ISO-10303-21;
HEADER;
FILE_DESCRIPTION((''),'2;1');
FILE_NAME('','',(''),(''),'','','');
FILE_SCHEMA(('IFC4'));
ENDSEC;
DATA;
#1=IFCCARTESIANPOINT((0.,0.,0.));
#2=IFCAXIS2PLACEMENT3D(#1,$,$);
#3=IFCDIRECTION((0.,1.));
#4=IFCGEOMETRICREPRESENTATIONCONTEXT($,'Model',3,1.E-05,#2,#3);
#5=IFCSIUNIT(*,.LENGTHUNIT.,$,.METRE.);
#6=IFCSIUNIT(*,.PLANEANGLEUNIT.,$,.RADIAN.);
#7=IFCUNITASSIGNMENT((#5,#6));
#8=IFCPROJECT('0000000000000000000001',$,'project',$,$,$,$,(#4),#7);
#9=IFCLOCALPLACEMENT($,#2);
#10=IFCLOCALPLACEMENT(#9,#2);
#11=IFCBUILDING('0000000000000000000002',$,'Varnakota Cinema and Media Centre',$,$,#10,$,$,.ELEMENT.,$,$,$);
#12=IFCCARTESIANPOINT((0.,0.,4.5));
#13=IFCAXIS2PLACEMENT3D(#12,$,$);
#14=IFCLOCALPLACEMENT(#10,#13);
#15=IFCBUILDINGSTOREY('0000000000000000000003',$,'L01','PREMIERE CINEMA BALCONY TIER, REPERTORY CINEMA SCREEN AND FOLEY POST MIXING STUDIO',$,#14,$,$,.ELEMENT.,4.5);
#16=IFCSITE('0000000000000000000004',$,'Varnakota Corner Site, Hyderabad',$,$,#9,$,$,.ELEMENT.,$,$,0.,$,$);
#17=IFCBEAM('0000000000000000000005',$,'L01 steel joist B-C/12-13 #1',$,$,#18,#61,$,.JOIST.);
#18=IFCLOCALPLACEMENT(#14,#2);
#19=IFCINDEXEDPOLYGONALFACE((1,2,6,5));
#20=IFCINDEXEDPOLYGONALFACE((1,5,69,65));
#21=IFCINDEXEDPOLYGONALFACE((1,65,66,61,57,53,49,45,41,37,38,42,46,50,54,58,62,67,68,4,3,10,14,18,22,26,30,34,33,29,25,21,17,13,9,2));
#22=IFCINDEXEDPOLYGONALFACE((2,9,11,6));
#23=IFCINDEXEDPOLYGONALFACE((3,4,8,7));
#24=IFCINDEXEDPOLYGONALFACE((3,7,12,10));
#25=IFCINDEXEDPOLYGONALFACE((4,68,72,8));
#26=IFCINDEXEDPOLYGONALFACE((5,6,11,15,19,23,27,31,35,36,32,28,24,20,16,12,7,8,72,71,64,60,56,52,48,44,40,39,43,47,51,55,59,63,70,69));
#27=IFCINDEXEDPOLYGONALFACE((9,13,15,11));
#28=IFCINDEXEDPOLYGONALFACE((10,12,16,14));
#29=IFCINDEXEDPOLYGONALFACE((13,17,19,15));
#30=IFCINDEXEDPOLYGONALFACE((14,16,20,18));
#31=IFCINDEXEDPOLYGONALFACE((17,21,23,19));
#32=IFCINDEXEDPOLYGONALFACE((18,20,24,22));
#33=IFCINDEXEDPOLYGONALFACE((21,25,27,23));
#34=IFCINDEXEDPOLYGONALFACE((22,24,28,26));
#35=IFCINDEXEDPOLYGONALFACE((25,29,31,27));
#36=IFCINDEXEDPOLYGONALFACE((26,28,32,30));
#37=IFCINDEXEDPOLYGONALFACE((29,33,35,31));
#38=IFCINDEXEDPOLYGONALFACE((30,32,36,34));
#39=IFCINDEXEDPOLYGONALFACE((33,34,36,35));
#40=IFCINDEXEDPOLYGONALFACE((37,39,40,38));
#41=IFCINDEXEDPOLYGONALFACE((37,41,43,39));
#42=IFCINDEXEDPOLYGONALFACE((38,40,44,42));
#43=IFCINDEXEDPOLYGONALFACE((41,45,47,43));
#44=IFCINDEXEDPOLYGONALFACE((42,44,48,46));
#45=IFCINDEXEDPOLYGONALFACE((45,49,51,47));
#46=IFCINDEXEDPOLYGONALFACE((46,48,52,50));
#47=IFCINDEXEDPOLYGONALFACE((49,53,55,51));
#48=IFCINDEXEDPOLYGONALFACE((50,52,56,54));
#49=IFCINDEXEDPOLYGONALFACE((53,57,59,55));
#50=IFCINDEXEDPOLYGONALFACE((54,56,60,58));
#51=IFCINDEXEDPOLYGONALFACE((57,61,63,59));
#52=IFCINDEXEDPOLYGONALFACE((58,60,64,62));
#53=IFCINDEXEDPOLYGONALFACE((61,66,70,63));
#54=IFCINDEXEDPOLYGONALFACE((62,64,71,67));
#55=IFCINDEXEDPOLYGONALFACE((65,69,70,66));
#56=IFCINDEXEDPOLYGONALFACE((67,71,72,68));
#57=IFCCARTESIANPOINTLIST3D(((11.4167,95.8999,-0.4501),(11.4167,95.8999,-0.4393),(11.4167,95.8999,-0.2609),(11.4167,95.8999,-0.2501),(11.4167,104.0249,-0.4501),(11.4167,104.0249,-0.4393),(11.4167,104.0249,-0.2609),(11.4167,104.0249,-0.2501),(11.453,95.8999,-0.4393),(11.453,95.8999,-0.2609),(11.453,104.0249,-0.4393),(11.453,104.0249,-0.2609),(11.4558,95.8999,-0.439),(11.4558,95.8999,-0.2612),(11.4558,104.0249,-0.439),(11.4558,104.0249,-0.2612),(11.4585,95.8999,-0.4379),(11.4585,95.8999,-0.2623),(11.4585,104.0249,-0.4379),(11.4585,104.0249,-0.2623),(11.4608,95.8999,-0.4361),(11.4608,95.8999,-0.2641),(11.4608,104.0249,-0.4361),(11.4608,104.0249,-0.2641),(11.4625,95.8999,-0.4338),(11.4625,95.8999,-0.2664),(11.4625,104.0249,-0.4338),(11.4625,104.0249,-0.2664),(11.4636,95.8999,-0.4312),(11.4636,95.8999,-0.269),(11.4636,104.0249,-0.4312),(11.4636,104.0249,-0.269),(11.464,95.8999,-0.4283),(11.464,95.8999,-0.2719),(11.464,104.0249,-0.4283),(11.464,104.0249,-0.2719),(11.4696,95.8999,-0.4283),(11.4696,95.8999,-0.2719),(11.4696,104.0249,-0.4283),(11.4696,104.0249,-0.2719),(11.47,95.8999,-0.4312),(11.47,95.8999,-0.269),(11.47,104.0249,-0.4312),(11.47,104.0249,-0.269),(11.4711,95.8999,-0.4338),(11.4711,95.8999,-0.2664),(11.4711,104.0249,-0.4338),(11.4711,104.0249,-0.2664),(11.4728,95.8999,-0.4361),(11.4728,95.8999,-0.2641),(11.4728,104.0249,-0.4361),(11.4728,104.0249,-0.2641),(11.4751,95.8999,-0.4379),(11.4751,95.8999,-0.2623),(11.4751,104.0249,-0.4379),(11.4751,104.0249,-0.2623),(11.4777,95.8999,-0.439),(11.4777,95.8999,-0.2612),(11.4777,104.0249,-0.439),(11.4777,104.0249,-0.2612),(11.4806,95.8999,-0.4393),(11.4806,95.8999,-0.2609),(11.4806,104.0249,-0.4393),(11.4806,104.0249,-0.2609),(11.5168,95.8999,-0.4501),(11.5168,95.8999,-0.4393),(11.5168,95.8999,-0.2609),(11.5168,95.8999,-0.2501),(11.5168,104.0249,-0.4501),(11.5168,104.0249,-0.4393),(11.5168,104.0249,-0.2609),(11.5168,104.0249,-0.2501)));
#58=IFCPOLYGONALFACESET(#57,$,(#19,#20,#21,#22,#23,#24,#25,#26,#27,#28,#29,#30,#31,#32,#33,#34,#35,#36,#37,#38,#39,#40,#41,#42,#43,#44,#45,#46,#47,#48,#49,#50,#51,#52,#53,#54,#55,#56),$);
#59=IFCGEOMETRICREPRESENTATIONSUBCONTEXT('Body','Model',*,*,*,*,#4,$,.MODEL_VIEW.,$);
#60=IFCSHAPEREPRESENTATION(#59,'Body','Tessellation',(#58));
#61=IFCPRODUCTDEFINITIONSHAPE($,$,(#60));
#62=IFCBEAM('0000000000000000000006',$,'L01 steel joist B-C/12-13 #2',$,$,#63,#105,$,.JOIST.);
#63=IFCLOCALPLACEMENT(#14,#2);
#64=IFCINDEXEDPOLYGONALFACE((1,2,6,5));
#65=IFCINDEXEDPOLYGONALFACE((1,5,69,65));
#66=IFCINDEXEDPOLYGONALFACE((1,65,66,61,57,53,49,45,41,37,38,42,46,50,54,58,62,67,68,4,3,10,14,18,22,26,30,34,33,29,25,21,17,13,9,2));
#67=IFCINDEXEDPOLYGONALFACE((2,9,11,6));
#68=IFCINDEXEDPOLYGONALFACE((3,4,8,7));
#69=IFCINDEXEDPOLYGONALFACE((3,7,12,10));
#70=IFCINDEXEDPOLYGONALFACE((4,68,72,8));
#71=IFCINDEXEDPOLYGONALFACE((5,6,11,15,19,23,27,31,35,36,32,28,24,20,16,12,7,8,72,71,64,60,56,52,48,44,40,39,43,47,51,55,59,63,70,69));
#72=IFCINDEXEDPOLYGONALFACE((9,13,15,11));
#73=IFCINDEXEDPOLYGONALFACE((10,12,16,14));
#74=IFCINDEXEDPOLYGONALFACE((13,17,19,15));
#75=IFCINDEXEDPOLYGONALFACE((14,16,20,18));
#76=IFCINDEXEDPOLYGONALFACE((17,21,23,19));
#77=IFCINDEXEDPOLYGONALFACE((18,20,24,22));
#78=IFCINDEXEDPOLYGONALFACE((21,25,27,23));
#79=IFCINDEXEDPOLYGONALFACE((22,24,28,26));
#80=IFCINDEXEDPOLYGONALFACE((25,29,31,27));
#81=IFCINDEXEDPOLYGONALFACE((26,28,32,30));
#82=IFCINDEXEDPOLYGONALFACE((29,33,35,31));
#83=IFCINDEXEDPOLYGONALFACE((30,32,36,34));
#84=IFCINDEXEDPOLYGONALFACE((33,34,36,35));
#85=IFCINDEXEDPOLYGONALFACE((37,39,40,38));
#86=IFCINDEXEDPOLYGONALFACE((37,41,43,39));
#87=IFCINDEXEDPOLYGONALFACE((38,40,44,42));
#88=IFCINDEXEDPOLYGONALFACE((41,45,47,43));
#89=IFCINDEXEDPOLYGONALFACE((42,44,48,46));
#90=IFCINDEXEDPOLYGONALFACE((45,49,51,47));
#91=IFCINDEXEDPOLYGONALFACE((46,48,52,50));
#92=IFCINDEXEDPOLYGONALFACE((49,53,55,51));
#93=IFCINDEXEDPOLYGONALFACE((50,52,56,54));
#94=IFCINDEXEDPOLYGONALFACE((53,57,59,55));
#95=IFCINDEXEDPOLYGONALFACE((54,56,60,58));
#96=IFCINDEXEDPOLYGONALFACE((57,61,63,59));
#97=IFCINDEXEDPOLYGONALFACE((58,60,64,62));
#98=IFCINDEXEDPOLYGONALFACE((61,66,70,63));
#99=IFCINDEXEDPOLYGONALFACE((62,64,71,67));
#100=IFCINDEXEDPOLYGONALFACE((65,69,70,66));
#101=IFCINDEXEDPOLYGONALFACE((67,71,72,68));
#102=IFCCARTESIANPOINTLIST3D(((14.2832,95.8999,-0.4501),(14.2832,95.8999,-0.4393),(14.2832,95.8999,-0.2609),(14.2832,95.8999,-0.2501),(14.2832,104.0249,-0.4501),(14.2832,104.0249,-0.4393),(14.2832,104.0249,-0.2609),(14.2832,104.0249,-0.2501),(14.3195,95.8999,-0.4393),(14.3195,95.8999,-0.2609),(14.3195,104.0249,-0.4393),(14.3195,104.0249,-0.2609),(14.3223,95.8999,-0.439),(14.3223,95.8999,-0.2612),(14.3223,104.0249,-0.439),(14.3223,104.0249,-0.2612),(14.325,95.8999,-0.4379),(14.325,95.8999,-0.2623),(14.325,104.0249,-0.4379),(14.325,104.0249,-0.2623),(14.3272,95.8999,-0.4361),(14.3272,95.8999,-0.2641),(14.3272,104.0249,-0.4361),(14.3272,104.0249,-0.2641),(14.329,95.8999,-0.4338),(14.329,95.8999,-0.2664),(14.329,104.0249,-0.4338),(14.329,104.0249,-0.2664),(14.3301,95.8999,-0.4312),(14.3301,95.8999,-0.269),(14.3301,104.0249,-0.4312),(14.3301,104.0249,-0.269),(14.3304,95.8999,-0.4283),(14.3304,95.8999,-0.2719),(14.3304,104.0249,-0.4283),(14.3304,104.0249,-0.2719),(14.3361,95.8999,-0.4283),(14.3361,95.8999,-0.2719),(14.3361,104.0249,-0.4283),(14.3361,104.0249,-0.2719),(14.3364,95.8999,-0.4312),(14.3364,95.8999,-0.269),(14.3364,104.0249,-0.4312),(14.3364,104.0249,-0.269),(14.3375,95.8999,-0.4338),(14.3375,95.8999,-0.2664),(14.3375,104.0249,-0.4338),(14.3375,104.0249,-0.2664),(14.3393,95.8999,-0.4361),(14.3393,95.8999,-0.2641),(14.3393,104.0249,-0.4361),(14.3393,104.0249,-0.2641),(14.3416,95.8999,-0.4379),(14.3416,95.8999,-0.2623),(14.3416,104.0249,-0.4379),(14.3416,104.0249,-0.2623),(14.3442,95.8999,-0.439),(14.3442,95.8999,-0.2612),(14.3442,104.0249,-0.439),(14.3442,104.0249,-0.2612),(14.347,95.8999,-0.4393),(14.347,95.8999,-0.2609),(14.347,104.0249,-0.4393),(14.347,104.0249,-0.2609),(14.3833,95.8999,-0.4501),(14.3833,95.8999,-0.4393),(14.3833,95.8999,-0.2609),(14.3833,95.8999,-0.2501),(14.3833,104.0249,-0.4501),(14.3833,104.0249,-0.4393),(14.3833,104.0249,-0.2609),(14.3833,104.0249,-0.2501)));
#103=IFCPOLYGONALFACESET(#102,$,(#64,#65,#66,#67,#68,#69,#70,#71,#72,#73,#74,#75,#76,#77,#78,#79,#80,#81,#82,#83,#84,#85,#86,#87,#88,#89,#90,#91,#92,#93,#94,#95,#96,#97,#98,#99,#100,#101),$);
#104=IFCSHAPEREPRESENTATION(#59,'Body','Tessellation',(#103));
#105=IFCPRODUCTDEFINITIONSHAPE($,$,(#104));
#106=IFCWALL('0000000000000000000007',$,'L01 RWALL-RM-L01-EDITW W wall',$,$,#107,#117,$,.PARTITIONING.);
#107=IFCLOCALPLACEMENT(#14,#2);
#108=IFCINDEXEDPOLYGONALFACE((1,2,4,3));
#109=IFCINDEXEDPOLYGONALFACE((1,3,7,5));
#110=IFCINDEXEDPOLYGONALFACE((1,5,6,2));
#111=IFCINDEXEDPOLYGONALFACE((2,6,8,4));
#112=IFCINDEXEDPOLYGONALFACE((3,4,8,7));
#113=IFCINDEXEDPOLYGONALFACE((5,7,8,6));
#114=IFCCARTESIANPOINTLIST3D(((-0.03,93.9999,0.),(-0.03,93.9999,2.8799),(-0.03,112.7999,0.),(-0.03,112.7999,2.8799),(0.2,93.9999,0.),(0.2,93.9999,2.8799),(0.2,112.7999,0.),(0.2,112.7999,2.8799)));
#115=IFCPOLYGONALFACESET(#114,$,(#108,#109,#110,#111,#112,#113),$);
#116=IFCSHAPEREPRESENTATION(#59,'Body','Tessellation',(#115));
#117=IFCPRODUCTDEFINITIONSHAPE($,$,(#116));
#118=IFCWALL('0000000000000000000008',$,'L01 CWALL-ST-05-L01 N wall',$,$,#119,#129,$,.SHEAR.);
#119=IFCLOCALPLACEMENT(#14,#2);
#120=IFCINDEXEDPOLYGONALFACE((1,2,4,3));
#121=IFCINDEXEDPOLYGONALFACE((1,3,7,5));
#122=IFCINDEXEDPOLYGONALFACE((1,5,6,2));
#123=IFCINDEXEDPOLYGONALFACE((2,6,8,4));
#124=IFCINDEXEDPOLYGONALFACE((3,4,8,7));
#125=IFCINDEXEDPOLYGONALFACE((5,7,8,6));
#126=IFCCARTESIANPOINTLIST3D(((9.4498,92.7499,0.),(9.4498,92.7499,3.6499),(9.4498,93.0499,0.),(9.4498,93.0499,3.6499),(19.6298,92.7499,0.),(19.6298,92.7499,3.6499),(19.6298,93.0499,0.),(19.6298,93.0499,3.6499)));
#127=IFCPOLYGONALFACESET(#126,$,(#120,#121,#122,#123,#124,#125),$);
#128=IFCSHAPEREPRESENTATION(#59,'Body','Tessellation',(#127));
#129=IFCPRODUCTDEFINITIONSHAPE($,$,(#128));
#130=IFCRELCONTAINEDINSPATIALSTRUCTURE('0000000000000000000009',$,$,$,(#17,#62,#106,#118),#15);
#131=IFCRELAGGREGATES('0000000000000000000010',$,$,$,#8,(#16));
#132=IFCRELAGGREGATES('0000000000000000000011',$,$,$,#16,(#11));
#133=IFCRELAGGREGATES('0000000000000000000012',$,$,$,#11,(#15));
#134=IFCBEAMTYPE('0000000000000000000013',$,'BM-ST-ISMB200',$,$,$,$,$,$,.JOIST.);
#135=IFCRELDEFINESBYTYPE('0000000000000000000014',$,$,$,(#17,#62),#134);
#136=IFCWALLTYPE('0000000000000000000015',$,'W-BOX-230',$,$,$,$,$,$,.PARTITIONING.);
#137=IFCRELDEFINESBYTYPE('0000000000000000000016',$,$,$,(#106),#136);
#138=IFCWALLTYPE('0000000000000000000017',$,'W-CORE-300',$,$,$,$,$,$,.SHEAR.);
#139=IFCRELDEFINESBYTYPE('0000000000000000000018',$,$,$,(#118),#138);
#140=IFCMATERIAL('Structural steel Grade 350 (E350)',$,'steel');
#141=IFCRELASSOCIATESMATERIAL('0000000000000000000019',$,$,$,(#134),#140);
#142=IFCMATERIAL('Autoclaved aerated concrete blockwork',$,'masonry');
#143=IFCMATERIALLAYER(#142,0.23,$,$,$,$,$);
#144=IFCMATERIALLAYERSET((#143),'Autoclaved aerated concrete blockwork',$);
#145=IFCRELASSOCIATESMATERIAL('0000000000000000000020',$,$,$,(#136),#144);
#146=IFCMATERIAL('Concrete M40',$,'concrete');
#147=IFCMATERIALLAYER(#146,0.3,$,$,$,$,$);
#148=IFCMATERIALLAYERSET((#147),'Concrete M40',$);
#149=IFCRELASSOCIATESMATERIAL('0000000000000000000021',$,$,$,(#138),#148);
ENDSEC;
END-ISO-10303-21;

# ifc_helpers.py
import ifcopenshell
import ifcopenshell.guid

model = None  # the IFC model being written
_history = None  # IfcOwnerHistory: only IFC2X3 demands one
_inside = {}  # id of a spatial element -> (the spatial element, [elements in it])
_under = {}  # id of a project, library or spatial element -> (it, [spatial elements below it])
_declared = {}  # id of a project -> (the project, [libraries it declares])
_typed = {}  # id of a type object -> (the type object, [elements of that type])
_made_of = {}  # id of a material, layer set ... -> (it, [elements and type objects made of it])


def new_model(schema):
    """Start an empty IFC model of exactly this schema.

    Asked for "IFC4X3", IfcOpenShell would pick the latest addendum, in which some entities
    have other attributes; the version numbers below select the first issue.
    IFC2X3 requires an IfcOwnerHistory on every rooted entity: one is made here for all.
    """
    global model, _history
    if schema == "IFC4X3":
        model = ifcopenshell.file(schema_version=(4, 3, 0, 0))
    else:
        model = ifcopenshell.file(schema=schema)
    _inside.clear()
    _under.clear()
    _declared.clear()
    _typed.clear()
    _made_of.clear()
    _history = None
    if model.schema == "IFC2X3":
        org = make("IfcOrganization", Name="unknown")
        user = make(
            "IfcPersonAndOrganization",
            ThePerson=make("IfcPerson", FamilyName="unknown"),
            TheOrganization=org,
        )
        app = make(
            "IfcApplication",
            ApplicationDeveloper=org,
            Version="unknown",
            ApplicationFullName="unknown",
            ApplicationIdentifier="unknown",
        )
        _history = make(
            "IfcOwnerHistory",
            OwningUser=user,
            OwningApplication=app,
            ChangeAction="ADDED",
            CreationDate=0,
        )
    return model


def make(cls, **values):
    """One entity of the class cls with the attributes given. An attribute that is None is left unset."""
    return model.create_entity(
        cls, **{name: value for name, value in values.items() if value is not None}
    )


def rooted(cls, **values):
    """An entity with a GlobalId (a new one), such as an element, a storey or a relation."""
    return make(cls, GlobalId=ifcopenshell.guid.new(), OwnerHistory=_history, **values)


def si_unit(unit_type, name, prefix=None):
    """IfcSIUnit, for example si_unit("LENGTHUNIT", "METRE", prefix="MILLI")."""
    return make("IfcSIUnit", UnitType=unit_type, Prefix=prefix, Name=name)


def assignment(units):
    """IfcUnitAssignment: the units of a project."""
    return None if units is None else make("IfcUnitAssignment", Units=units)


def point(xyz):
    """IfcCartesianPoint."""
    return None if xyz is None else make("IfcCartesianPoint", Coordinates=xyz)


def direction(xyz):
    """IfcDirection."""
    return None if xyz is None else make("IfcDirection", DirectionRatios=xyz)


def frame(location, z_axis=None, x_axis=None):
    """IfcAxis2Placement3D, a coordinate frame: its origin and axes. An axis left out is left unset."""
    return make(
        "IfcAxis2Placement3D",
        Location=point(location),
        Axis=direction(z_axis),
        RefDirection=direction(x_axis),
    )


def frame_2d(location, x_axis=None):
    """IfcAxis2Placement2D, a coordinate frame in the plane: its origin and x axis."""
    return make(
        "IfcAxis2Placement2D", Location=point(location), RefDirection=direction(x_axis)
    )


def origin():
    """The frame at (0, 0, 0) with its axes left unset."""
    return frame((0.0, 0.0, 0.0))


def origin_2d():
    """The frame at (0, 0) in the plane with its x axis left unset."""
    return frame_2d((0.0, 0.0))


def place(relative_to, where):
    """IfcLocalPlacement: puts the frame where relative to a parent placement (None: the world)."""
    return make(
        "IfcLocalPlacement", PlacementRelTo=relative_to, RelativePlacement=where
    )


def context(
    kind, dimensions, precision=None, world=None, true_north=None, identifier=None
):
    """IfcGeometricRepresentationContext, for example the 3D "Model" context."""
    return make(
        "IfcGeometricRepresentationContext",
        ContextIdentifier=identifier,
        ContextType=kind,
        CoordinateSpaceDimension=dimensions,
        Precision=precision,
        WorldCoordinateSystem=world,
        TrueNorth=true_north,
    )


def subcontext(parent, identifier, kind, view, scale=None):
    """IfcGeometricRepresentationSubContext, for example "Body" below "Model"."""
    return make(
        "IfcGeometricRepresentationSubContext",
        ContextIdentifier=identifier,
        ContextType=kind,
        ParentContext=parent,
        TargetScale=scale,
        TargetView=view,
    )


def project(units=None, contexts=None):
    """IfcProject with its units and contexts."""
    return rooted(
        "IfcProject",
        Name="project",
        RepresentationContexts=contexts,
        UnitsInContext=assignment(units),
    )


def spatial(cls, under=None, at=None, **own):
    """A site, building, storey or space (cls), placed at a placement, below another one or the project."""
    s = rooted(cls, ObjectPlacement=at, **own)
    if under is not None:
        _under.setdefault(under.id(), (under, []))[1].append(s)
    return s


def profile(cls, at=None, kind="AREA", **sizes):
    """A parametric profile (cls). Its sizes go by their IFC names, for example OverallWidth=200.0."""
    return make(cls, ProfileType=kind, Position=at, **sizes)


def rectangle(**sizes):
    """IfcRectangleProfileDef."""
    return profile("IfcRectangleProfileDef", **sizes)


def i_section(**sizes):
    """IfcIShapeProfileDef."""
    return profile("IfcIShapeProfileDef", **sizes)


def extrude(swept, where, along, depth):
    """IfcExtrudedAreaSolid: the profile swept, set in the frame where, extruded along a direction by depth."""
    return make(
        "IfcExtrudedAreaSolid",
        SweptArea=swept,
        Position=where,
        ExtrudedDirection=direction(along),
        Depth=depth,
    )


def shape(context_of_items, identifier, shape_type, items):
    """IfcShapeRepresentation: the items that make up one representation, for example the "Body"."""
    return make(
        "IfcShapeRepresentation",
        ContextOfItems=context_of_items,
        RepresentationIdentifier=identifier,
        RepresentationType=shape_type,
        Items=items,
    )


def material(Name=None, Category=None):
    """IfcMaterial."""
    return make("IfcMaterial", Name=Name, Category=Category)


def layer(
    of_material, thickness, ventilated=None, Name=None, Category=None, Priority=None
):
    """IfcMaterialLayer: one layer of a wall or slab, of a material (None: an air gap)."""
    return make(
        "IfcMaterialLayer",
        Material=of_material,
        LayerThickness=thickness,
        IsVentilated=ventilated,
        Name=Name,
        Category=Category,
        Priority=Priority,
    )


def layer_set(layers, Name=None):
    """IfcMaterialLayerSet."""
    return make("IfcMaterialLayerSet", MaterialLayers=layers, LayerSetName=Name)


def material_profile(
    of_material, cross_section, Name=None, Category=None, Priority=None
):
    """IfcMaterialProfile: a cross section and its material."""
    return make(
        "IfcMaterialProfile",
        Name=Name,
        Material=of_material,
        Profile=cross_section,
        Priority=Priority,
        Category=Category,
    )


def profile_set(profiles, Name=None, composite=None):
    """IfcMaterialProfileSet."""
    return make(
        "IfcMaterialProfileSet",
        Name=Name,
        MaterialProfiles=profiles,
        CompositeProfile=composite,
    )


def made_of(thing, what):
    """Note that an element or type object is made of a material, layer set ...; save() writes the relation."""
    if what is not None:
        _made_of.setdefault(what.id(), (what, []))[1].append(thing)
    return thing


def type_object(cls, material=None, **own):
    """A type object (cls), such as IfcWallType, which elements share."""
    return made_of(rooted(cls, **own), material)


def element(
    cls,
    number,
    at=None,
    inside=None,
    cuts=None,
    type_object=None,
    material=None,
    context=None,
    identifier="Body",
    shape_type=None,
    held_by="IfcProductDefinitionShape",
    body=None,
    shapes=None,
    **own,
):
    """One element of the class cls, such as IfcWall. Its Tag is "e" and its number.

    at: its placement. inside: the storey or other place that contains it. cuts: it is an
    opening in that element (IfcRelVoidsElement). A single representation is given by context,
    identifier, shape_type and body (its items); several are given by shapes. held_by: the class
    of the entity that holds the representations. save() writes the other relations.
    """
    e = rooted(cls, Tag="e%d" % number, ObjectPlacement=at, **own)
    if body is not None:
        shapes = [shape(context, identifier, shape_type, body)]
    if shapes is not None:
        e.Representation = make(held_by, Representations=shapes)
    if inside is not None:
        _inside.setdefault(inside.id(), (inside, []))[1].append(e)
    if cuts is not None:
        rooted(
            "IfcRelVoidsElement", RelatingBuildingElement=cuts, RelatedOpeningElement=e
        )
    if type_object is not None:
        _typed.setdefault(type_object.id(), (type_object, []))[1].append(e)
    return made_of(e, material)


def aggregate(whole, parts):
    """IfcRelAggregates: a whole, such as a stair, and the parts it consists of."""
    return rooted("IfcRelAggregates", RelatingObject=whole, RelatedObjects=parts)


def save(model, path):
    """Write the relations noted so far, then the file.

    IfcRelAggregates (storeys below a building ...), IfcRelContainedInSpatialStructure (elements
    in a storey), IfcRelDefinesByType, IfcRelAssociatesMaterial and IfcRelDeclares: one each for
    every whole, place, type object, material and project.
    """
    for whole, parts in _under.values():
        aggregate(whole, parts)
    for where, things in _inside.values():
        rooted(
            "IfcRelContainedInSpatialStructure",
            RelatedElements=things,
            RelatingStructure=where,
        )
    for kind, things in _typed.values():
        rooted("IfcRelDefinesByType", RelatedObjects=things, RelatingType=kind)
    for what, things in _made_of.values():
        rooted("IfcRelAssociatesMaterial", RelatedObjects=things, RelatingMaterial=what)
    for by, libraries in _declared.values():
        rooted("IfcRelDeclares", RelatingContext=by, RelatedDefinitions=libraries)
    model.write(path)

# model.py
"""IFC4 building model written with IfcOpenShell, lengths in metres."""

from ifc_helpers import new_model, si_unit, direction, frame, frame_2d, origin, origin_2d, place, context, subcontext, project, spatial, rectangle, i_section, extrude, material, layer, layer_set, material_profile, profile_set, type_object, element, save


model = new_model("IFC4")

# Units and contexts
model_context = context("Model", 3, precision=1e-05, world=origin(), true_north=direction((0.0, 1.0)))
body_context = subcontext(model_context, "Body", "Model", "MODEL_VIEW")
ifc_project = project(units=[si_unit("LENGTHUNIT", "METRE"), si_unit("PLANEANGLEUNIT", "RADIAN")], contexts=[model_context])

# Site, building, storey
site_placement = place(None, origin())
site = spatial("IfcSite", under=ifc_project, at=site_placement, Name="Varnakota Corner Site, Hyderabad", CompositionType="ELEMENT", RefElevation=0.0)
building_placement = place(site_placement, origin())
building = spatial("IfcBuilding", under=site, at=building_placement, Name="Varnakota Cinema and Media Centre", CompositionType="ELEMENT")
storey_placement = place(building_placement, frame((0.0, 0.0, 4.5)))
storey = spatial("IfcBuildingStorey", under=building, at=storey_placement, Name="L01", Description="PREMIERE CINEMA BALCONY TIER, REPERTORY CINEMA SCREEN AND FOLEY POST MIXING STUDIO", CompositionType="ELEMENT", Elevation=4.5)

# Beams
ifc_material_1 = material(Name="Structural steel Grade 350 (E350)", Category="steel")
ifc_material_profile_1 = material_profile(ifc_material_1, i_section(OverallWidth=0.1001, OverallDepth=0.2, WebThickness=0.0056, FlangeThickness=0.0107, FilletRadius=0.011, at=origin_2d()), Name="ISMB 200")
ifc_profile_set_1 = profile_set([ifc_material_profile_1], Name="Structural steel Grade 350 (E350)")
beam_type_1 = type_object("IfcBeamType", Name="BM-ST-ISMB200", PredefinedType="JOIST", material=ifc_profile_set_1)
for number, where, z_axis, x_axis, name in (
    (1, (11.4668, 95.8999, -0.3501), (0.0, 1.0, 0.0), (-1.0, 0.0, 0.0), "L01 steel joist B-C/12-13 #1"),
    (2, (14.3333, 95.8999, -0.3501), (0.0, 1.0, 0.0), (-1.0, 0.0, 0.0), "L01 steel joist B-C/12-13 #2"),
):
    element("IfcBeam", number, at=place(storey_placement, frame(where, z_axis=z_axis, x_axis=x_axis)), inside=storey, type_object=beam_type_1, Name=name, PredefinedType="JOIST", context=body_context, shape_type="SweptSolid", body=[
        extrude(i_section(OverallWidth=0.1001, OverallDepth=0.2, WebThickness=0.0056, FlangeThickness=0.0107, FilletRadius=0.011, at=origin_2d()), origin(), (0.0, 0.0, 1.0), 8.125),
    ])

# Walls
ifc_material_2 = material(Name="Autoclaved aerated concrete blockwork", Category="masonry")
ifc_layer_1 = layer(ifc_material_2, 0.23)
ifc_layer_set_1 = layer_set([ifc_layer_1], Name="Autoclaved aerated concrete blockwork")
wall_type_1 = type_object("IfcWallType", Name="W-BOX-230", PredefinedType="PARTITIONING", material=ifc_layer_set_1)
wall_1_placement = place(storey_placement, frame((0.085, 94.0, 0.0), z_axis=(0.0, 0.0, 1.0), x_axis=(0.0, 1.0, 0.0)))
element("IfcWall", 3, at=wall_1_placement, inside=storey, type_object=wall_type_1, Name="L01 RWALL-RM-L01-EDITW W wall", PredefinedType="PARTITIONING", context=body_context, shape_type="SweptSolid", body=[
    extrude(rectangle(XDim=18.8, YDim=0.23, at=frame_2d((9.3999, 0.0))), origin(), (0.0, 0.0, 1.0), 2.8799),
])
ifc_material_3 = material(Name="Concrete M40", Category="concrete")
ifc_layer_2 = layer(ifc_material_3, 0.3)
ifc_layer_set_2 = layer_set([ifc_layer_2], Name="Concrete M40")
wall_type_2 = type_object("IfcWallType", Name="W-CORE-300", PredefinedType="SHEAR", material=ifc_layer_set_2)
wall_2_placement = place(storey_placement, frame((9.45, 92.8999, 0.0), z_axis=(0.0, 0.0, 1.0), x_axis=(1.0, 0.0, 0.0)))
element("IfcWall", 4, at=wall_2_placement, inside=storey, type_object=wall_type_2, Name="L01 CWALL-ST-05-L01 N wall", PredefinedType="SHEAR", context=body_context, shape_type="SweptSolid", body=[
    extrude(rectangle(XDim=10.1799, YDim=0.3, at=frame_2d((5.0898, 0.0))), origin(), (0.0, 0.0, 1.0), 3.6499),
])

save(model, "model.ifc")
